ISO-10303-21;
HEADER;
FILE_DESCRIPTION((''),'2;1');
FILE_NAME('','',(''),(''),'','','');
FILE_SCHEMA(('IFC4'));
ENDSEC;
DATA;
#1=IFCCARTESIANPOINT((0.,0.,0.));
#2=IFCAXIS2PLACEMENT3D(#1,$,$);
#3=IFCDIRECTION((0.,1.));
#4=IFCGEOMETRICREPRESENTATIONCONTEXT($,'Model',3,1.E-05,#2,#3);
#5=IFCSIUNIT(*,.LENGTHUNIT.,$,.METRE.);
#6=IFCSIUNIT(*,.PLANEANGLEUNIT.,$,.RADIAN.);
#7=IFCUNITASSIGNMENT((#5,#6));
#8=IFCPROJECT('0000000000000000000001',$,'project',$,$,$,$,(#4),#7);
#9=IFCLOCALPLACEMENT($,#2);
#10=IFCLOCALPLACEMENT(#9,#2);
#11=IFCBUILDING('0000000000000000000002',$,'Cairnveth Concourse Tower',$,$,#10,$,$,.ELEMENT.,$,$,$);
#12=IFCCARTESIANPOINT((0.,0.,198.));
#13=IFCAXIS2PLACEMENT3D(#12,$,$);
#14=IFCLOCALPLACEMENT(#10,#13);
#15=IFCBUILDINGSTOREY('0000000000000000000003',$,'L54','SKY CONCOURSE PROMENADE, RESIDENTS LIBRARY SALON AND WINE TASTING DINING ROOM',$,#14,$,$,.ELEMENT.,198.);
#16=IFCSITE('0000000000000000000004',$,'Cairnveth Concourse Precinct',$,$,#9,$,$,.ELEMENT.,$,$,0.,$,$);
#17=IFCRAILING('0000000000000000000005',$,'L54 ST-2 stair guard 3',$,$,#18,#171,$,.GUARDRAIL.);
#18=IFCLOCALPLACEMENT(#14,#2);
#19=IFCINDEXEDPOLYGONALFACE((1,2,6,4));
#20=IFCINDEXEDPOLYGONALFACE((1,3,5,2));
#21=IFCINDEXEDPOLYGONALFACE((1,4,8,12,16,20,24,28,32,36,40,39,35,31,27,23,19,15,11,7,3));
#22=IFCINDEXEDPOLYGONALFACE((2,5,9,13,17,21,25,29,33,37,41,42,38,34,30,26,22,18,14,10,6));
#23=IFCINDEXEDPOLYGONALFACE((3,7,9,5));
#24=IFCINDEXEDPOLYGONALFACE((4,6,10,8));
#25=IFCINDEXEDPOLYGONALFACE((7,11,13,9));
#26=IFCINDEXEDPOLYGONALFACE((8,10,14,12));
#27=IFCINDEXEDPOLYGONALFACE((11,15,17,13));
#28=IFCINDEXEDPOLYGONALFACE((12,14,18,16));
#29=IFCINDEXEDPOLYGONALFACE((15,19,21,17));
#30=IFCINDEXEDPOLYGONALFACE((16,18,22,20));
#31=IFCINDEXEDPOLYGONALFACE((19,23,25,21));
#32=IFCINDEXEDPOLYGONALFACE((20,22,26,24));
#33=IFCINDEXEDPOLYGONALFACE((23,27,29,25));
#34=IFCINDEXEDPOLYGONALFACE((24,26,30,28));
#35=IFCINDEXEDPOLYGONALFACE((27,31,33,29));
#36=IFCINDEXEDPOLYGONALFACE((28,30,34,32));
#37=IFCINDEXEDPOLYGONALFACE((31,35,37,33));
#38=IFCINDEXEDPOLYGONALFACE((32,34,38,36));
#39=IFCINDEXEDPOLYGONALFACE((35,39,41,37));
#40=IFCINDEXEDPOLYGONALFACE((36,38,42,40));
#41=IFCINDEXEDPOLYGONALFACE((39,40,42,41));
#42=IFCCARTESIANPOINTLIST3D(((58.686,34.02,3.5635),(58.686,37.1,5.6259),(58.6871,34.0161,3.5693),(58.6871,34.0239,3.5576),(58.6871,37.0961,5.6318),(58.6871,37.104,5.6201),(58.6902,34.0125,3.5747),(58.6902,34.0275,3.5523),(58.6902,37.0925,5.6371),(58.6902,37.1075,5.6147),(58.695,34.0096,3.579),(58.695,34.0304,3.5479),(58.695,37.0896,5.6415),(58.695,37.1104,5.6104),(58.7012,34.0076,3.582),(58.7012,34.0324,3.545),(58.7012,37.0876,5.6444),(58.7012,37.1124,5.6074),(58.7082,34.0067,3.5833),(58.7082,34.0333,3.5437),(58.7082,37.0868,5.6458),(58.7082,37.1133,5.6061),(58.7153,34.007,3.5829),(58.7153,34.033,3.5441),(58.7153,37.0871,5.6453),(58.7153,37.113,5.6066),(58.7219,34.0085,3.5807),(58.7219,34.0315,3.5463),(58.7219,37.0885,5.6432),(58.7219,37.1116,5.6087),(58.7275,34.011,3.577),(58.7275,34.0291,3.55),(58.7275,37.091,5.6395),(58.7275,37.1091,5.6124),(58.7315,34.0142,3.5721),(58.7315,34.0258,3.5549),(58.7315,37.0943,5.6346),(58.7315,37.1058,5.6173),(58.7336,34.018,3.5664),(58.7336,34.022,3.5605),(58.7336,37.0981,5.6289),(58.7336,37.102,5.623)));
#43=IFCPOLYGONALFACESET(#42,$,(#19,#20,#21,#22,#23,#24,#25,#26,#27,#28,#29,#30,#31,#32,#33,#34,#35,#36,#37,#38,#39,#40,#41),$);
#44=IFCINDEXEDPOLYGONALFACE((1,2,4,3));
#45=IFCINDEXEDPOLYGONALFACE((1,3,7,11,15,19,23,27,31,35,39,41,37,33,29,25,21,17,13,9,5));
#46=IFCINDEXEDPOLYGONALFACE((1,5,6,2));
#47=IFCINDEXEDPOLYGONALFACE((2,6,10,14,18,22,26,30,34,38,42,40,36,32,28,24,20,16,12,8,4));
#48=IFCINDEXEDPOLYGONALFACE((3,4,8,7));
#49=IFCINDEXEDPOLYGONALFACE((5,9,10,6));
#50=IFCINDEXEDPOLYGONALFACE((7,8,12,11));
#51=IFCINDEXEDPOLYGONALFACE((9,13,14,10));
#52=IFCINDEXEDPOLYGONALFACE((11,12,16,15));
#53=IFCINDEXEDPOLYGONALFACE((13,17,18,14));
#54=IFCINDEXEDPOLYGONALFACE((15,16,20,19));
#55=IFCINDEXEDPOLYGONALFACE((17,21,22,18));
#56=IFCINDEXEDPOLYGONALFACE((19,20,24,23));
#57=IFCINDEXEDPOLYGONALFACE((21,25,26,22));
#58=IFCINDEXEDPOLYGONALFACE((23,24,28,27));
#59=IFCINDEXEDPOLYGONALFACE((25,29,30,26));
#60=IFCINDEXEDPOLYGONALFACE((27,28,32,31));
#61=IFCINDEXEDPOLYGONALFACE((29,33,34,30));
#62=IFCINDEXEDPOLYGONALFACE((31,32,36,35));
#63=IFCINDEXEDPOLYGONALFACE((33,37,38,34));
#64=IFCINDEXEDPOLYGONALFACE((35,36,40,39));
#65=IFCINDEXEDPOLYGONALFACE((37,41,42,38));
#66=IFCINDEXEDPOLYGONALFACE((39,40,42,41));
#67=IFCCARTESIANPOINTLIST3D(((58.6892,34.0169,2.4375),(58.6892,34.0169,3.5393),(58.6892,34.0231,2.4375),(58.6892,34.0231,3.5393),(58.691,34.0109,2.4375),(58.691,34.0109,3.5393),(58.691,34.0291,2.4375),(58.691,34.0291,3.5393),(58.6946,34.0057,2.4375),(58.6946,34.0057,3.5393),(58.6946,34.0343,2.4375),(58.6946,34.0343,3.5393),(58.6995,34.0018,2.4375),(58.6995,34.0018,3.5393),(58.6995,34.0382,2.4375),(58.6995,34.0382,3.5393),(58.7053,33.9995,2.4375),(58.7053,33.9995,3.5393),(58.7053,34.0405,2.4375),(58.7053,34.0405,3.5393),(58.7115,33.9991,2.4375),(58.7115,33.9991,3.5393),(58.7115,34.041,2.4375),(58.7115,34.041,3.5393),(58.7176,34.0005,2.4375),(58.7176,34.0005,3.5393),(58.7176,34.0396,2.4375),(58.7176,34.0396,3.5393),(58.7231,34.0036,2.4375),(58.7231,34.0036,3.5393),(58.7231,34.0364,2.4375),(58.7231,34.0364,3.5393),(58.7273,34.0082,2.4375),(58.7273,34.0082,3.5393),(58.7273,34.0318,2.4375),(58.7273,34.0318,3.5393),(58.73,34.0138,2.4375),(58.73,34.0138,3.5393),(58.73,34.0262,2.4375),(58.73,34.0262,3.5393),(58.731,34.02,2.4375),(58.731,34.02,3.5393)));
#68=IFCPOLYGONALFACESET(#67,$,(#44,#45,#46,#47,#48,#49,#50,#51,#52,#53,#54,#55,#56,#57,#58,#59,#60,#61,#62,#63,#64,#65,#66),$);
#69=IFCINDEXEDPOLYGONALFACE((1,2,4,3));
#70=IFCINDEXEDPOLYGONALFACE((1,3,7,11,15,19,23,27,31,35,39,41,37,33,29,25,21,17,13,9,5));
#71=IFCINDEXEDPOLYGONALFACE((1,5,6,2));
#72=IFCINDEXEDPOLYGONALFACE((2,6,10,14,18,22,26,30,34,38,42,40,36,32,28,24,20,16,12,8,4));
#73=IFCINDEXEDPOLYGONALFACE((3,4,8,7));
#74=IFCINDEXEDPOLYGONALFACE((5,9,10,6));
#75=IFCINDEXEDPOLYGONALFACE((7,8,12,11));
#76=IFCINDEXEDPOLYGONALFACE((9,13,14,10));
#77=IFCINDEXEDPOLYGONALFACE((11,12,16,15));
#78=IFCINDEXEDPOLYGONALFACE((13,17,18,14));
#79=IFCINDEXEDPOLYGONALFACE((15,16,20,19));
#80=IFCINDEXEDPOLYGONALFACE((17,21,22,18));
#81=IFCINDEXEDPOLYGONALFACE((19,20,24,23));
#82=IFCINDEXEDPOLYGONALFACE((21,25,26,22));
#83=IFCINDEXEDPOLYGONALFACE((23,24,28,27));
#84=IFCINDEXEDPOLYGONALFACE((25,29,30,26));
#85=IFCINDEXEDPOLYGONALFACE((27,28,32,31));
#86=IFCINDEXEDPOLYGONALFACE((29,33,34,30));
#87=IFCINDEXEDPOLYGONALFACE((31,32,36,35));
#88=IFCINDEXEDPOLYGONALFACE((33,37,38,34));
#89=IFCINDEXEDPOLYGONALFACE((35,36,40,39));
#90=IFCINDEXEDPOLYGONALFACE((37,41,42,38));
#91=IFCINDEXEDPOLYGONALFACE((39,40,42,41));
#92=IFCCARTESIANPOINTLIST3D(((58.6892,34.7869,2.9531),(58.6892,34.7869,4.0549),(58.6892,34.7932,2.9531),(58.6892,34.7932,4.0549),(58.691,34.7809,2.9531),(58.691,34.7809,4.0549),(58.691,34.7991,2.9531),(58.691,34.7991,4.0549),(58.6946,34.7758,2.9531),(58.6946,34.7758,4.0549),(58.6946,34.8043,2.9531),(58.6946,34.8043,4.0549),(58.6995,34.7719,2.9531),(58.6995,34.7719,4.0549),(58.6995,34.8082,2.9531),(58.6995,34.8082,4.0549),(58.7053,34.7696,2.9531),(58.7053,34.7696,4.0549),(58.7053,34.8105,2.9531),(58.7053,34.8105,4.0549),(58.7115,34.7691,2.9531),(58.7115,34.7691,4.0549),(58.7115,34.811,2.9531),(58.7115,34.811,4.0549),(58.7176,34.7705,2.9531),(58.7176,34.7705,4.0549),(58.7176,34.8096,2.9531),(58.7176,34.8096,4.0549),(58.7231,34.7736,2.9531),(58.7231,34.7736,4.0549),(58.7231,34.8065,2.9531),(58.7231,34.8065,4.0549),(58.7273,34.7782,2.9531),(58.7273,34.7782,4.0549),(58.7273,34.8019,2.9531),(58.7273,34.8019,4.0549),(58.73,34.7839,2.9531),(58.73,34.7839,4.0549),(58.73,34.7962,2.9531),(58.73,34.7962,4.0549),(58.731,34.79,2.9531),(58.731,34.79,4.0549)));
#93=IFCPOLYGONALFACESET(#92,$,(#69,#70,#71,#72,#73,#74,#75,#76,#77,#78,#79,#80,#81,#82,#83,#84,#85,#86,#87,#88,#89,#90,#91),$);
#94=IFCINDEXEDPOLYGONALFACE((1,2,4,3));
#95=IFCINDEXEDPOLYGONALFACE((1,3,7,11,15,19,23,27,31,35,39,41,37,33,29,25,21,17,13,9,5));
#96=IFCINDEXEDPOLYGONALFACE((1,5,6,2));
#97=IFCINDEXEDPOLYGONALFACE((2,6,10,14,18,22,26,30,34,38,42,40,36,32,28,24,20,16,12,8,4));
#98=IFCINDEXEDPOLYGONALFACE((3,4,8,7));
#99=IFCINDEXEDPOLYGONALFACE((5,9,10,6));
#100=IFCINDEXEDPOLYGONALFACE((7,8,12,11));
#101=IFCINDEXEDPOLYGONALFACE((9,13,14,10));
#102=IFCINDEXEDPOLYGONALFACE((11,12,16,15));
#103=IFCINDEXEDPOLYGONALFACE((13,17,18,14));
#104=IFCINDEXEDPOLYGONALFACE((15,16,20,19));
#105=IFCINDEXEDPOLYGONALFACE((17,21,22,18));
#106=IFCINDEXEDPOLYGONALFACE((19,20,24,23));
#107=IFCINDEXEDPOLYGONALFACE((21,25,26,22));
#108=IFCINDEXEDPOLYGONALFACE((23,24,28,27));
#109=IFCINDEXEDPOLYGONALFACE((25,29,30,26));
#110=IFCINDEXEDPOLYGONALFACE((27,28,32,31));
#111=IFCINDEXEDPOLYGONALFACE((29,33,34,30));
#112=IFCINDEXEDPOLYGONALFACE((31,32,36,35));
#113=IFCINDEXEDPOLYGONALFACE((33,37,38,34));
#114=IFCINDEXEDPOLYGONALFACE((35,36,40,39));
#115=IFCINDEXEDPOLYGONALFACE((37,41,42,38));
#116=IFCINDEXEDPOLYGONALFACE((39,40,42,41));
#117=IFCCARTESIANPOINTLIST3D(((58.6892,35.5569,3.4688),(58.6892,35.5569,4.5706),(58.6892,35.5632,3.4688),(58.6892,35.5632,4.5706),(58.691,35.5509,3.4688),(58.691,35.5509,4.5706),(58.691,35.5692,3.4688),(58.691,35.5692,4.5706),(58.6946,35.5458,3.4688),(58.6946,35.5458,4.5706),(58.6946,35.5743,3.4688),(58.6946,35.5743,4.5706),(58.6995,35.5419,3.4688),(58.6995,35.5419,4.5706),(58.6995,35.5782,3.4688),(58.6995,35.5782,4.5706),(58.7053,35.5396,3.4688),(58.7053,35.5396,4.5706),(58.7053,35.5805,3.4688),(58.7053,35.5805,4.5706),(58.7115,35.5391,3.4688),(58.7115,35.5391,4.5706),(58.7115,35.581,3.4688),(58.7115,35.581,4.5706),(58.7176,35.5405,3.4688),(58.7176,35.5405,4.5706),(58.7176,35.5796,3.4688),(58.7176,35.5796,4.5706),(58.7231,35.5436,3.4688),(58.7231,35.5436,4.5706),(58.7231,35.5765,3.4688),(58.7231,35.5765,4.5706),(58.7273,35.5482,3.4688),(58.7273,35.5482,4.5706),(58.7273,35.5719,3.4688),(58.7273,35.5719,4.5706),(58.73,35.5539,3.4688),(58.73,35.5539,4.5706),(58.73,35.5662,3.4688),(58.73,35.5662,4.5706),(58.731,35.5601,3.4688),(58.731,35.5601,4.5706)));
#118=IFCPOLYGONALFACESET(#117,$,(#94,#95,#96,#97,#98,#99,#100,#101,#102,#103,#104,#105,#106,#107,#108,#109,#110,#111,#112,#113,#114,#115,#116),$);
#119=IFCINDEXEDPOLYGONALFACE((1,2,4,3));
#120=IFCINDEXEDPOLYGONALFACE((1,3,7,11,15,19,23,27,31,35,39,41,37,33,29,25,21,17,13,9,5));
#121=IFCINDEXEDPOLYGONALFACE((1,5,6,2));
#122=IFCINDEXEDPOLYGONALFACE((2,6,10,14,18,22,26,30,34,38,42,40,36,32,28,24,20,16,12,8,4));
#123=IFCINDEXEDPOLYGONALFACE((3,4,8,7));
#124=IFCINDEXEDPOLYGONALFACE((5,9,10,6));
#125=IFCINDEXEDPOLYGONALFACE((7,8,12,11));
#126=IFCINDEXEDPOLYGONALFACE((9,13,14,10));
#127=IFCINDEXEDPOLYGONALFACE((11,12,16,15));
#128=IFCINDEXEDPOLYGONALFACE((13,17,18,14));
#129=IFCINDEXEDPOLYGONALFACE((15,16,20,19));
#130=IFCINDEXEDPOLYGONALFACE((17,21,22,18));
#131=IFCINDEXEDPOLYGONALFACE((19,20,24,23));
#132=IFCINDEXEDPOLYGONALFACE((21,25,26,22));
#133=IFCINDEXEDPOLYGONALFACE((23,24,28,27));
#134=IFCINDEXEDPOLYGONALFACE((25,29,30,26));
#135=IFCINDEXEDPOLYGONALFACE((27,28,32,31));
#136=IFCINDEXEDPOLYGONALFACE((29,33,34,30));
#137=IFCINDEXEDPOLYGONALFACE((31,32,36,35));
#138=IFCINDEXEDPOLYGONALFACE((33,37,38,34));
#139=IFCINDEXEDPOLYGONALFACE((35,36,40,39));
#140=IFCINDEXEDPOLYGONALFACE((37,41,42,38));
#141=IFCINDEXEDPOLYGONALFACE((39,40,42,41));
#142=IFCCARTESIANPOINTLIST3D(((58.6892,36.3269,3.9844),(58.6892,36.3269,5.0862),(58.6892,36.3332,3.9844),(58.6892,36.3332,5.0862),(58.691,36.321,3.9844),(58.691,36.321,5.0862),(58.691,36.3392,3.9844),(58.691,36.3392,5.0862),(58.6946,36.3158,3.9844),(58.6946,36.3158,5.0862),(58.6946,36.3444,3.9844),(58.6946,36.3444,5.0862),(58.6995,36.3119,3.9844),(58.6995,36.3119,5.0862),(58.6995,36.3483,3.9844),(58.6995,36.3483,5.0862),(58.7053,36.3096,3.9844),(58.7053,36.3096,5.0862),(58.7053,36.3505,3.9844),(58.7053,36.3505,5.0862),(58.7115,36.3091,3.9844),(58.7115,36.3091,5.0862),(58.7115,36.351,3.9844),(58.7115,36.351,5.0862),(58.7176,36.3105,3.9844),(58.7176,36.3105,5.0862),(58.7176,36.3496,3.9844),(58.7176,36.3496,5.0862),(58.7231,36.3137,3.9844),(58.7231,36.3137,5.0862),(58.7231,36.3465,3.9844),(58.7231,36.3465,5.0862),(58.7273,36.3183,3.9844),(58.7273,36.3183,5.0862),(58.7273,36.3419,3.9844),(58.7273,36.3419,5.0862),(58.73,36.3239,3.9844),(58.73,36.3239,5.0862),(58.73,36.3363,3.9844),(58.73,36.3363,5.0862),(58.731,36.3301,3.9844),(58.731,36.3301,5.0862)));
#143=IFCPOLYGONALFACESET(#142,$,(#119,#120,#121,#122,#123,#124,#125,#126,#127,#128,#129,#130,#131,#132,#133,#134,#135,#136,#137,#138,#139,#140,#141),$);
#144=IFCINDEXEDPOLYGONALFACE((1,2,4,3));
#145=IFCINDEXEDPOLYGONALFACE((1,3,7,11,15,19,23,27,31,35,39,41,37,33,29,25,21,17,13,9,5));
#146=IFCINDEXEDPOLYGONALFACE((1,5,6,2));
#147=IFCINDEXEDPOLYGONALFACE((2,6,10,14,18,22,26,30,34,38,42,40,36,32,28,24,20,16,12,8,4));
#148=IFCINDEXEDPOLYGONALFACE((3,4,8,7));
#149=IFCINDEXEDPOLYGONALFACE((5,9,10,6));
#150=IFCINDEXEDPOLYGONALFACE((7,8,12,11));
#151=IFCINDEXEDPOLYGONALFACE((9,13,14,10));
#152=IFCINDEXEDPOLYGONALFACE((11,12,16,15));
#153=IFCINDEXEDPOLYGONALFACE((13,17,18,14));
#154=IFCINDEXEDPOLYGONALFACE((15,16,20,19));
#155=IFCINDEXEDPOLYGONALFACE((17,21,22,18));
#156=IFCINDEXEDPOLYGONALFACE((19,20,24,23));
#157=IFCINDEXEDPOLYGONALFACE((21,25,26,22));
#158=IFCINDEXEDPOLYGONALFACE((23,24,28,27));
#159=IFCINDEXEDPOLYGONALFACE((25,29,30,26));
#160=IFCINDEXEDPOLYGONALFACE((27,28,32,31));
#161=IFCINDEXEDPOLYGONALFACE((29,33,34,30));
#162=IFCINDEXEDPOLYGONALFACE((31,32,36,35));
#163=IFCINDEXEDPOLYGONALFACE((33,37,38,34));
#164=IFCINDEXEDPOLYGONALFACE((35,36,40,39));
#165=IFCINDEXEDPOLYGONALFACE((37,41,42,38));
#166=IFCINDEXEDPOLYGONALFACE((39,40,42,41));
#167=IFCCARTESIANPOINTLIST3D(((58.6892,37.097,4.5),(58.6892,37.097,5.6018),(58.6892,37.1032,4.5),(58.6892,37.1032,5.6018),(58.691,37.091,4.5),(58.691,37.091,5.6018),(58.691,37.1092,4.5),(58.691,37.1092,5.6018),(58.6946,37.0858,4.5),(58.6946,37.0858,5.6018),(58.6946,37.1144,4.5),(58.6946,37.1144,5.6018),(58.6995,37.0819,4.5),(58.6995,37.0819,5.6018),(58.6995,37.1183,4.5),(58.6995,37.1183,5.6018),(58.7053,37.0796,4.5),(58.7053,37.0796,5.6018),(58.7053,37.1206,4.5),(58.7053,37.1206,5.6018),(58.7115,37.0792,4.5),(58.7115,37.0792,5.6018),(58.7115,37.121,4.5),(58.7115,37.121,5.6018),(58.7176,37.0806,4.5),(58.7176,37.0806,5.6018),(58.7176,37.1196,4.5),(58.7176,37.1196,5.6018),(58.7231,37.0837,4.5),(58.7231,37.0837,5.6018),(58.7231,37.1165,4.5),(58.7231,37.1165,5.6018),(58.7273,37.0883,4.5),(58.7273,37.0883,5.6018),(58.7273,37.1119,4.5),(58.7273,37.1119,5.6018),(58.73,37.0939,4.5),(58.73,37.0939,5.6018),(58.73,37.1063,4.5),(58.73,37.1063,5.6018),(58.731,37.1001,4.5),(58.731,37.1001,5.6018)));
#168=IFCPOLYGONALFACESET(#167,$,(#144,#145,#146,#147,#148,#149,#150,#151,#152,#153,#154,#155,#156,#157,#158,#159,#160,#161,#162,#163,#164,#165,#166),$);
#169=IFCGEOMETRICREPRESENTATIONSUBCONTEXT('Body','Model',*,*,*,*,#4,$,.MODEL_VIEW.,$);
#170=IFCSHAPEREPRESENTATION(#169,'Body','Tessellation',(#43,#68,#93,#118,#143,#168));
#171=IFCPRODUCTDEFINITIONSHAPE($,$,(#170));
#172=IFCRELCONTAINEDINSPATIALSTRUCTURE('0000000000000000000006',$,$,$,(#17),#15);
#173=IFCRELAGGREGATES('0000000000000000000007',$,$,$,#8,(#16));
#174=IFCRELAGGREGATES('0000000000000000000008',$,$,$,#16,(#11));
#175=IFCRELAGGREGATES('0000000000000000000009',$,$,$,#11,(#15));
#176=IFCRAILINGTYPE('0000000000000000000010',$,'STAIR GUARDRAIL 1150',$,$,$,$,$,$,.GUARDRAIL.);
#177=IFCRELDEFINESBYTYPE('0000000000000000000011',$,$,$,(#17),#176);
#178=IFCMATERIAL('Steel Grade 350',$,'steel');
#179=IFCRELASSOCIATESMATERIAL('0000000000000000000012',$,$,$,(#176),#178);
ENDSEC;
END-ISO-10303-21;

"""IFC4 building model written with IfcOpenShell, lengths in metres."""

from ifc_helpers import new_model, si_unit, direction, frame, origin, origin_2d, place, context, subcontext, project, spatial, circle, extrude, material, type_object, element, save


model = new_model("IFC4")

# Units and contexts
model_context = context("Model", 3, precision=1e-05, world=origin(), true_north=direction((0.0, 1.0)))
body_context = subcontext(model_context, "Body", "Model", "MODEL_VIEW")
ifc_project = project(units=[si_unit("LENGTHUNIT", "METRE"), si_unit("PLANEANGLEUNIT", "RADIAN")], contexts=[model_context])

# Site, building, storey
site_placement = place(None, origin())
site = spatial("IfcSite", under=ifc_project, at=site_placement, Name="Cairnveth Concourse Precinct", CompositionType="ELEMENT", RefElevation=0.0)
building_placement = place(site_placement, origin())
building = spatial("IfcBuilding", under=site, at=building_placement, Name="Cairnveth Concourse Tower", CompositionType="ELEMENT")
storey_placement = place(building_placement, frame((0.0, 0.0, 198.0)))
storey = spatial("IfcBuildingStorey", under=building, at=storey_placement, Name="L54", Description="SKY CONCOURSE PROMENADE, RESIDENTS LIBRARY SALON AND WINE TASTING DINING ROOM", CompositionType="ELEMENT", Elevation=198.0)

# Shared definitions
ifc_material_1 = material(Name="Steel Grade 350", Category="steel")

# Railing
railing_type_1 = type_object("IfcRailingType", Name="STAIR GUARDRAIL 1150", PredefinedType="GUARDRAIL", material=ifc_material_1)
railing_1_placement = place(storey_placement, frame((58.71, 34.02, 2.4375)))
element("IfcRailing", 1, at=railing_1_placement, inside=storey, type_object=railing_type_1, Name="L54 ST-2 stair guard 3", PredefinedType="GUARDRAIL", context=body_context, shape_type="SweptSolid", body=[
    extrude(circle(Radius=0.0239, at=origin_2d()), frame((0.0, 0.0, 1.126), z_axis=(0.0, 0.830914, 0.556401), x_axis=(-1.0, 0.0, 0.0)), (0.0, 0.0, 1.0), 3.7068),
    extrude(circle(Radius=0.021, at=origin_2d()), origin(), (0.0, 0.0, 1.0), 1.1018),
    extrude(circle(Radius=0.021, at=origin_2d()), frame((0.0, 0.77, 0.5156)), (0.0, 0.0, 1.0), 1.1018),
    extrude(circle(Radius=0.021, at=origin_2d()), frame((0.0, 1.54, 1.0312)), (0.0, 0.0, 1.0), 1.1018),
    extrude(circle(Radius=0.021, at=origin_2d()), frame((0.0, 2.3101, 1.5469)), (0.0, 0.0, 1.0), 1.1018),
    extrude(circle(Radius=0.021, at=origin_2d()), frame((0.0, 3.0801, 2.0625)), (0.0, 0.0, 1.0), 1.1018),
])

save(model, "model.ifc")
